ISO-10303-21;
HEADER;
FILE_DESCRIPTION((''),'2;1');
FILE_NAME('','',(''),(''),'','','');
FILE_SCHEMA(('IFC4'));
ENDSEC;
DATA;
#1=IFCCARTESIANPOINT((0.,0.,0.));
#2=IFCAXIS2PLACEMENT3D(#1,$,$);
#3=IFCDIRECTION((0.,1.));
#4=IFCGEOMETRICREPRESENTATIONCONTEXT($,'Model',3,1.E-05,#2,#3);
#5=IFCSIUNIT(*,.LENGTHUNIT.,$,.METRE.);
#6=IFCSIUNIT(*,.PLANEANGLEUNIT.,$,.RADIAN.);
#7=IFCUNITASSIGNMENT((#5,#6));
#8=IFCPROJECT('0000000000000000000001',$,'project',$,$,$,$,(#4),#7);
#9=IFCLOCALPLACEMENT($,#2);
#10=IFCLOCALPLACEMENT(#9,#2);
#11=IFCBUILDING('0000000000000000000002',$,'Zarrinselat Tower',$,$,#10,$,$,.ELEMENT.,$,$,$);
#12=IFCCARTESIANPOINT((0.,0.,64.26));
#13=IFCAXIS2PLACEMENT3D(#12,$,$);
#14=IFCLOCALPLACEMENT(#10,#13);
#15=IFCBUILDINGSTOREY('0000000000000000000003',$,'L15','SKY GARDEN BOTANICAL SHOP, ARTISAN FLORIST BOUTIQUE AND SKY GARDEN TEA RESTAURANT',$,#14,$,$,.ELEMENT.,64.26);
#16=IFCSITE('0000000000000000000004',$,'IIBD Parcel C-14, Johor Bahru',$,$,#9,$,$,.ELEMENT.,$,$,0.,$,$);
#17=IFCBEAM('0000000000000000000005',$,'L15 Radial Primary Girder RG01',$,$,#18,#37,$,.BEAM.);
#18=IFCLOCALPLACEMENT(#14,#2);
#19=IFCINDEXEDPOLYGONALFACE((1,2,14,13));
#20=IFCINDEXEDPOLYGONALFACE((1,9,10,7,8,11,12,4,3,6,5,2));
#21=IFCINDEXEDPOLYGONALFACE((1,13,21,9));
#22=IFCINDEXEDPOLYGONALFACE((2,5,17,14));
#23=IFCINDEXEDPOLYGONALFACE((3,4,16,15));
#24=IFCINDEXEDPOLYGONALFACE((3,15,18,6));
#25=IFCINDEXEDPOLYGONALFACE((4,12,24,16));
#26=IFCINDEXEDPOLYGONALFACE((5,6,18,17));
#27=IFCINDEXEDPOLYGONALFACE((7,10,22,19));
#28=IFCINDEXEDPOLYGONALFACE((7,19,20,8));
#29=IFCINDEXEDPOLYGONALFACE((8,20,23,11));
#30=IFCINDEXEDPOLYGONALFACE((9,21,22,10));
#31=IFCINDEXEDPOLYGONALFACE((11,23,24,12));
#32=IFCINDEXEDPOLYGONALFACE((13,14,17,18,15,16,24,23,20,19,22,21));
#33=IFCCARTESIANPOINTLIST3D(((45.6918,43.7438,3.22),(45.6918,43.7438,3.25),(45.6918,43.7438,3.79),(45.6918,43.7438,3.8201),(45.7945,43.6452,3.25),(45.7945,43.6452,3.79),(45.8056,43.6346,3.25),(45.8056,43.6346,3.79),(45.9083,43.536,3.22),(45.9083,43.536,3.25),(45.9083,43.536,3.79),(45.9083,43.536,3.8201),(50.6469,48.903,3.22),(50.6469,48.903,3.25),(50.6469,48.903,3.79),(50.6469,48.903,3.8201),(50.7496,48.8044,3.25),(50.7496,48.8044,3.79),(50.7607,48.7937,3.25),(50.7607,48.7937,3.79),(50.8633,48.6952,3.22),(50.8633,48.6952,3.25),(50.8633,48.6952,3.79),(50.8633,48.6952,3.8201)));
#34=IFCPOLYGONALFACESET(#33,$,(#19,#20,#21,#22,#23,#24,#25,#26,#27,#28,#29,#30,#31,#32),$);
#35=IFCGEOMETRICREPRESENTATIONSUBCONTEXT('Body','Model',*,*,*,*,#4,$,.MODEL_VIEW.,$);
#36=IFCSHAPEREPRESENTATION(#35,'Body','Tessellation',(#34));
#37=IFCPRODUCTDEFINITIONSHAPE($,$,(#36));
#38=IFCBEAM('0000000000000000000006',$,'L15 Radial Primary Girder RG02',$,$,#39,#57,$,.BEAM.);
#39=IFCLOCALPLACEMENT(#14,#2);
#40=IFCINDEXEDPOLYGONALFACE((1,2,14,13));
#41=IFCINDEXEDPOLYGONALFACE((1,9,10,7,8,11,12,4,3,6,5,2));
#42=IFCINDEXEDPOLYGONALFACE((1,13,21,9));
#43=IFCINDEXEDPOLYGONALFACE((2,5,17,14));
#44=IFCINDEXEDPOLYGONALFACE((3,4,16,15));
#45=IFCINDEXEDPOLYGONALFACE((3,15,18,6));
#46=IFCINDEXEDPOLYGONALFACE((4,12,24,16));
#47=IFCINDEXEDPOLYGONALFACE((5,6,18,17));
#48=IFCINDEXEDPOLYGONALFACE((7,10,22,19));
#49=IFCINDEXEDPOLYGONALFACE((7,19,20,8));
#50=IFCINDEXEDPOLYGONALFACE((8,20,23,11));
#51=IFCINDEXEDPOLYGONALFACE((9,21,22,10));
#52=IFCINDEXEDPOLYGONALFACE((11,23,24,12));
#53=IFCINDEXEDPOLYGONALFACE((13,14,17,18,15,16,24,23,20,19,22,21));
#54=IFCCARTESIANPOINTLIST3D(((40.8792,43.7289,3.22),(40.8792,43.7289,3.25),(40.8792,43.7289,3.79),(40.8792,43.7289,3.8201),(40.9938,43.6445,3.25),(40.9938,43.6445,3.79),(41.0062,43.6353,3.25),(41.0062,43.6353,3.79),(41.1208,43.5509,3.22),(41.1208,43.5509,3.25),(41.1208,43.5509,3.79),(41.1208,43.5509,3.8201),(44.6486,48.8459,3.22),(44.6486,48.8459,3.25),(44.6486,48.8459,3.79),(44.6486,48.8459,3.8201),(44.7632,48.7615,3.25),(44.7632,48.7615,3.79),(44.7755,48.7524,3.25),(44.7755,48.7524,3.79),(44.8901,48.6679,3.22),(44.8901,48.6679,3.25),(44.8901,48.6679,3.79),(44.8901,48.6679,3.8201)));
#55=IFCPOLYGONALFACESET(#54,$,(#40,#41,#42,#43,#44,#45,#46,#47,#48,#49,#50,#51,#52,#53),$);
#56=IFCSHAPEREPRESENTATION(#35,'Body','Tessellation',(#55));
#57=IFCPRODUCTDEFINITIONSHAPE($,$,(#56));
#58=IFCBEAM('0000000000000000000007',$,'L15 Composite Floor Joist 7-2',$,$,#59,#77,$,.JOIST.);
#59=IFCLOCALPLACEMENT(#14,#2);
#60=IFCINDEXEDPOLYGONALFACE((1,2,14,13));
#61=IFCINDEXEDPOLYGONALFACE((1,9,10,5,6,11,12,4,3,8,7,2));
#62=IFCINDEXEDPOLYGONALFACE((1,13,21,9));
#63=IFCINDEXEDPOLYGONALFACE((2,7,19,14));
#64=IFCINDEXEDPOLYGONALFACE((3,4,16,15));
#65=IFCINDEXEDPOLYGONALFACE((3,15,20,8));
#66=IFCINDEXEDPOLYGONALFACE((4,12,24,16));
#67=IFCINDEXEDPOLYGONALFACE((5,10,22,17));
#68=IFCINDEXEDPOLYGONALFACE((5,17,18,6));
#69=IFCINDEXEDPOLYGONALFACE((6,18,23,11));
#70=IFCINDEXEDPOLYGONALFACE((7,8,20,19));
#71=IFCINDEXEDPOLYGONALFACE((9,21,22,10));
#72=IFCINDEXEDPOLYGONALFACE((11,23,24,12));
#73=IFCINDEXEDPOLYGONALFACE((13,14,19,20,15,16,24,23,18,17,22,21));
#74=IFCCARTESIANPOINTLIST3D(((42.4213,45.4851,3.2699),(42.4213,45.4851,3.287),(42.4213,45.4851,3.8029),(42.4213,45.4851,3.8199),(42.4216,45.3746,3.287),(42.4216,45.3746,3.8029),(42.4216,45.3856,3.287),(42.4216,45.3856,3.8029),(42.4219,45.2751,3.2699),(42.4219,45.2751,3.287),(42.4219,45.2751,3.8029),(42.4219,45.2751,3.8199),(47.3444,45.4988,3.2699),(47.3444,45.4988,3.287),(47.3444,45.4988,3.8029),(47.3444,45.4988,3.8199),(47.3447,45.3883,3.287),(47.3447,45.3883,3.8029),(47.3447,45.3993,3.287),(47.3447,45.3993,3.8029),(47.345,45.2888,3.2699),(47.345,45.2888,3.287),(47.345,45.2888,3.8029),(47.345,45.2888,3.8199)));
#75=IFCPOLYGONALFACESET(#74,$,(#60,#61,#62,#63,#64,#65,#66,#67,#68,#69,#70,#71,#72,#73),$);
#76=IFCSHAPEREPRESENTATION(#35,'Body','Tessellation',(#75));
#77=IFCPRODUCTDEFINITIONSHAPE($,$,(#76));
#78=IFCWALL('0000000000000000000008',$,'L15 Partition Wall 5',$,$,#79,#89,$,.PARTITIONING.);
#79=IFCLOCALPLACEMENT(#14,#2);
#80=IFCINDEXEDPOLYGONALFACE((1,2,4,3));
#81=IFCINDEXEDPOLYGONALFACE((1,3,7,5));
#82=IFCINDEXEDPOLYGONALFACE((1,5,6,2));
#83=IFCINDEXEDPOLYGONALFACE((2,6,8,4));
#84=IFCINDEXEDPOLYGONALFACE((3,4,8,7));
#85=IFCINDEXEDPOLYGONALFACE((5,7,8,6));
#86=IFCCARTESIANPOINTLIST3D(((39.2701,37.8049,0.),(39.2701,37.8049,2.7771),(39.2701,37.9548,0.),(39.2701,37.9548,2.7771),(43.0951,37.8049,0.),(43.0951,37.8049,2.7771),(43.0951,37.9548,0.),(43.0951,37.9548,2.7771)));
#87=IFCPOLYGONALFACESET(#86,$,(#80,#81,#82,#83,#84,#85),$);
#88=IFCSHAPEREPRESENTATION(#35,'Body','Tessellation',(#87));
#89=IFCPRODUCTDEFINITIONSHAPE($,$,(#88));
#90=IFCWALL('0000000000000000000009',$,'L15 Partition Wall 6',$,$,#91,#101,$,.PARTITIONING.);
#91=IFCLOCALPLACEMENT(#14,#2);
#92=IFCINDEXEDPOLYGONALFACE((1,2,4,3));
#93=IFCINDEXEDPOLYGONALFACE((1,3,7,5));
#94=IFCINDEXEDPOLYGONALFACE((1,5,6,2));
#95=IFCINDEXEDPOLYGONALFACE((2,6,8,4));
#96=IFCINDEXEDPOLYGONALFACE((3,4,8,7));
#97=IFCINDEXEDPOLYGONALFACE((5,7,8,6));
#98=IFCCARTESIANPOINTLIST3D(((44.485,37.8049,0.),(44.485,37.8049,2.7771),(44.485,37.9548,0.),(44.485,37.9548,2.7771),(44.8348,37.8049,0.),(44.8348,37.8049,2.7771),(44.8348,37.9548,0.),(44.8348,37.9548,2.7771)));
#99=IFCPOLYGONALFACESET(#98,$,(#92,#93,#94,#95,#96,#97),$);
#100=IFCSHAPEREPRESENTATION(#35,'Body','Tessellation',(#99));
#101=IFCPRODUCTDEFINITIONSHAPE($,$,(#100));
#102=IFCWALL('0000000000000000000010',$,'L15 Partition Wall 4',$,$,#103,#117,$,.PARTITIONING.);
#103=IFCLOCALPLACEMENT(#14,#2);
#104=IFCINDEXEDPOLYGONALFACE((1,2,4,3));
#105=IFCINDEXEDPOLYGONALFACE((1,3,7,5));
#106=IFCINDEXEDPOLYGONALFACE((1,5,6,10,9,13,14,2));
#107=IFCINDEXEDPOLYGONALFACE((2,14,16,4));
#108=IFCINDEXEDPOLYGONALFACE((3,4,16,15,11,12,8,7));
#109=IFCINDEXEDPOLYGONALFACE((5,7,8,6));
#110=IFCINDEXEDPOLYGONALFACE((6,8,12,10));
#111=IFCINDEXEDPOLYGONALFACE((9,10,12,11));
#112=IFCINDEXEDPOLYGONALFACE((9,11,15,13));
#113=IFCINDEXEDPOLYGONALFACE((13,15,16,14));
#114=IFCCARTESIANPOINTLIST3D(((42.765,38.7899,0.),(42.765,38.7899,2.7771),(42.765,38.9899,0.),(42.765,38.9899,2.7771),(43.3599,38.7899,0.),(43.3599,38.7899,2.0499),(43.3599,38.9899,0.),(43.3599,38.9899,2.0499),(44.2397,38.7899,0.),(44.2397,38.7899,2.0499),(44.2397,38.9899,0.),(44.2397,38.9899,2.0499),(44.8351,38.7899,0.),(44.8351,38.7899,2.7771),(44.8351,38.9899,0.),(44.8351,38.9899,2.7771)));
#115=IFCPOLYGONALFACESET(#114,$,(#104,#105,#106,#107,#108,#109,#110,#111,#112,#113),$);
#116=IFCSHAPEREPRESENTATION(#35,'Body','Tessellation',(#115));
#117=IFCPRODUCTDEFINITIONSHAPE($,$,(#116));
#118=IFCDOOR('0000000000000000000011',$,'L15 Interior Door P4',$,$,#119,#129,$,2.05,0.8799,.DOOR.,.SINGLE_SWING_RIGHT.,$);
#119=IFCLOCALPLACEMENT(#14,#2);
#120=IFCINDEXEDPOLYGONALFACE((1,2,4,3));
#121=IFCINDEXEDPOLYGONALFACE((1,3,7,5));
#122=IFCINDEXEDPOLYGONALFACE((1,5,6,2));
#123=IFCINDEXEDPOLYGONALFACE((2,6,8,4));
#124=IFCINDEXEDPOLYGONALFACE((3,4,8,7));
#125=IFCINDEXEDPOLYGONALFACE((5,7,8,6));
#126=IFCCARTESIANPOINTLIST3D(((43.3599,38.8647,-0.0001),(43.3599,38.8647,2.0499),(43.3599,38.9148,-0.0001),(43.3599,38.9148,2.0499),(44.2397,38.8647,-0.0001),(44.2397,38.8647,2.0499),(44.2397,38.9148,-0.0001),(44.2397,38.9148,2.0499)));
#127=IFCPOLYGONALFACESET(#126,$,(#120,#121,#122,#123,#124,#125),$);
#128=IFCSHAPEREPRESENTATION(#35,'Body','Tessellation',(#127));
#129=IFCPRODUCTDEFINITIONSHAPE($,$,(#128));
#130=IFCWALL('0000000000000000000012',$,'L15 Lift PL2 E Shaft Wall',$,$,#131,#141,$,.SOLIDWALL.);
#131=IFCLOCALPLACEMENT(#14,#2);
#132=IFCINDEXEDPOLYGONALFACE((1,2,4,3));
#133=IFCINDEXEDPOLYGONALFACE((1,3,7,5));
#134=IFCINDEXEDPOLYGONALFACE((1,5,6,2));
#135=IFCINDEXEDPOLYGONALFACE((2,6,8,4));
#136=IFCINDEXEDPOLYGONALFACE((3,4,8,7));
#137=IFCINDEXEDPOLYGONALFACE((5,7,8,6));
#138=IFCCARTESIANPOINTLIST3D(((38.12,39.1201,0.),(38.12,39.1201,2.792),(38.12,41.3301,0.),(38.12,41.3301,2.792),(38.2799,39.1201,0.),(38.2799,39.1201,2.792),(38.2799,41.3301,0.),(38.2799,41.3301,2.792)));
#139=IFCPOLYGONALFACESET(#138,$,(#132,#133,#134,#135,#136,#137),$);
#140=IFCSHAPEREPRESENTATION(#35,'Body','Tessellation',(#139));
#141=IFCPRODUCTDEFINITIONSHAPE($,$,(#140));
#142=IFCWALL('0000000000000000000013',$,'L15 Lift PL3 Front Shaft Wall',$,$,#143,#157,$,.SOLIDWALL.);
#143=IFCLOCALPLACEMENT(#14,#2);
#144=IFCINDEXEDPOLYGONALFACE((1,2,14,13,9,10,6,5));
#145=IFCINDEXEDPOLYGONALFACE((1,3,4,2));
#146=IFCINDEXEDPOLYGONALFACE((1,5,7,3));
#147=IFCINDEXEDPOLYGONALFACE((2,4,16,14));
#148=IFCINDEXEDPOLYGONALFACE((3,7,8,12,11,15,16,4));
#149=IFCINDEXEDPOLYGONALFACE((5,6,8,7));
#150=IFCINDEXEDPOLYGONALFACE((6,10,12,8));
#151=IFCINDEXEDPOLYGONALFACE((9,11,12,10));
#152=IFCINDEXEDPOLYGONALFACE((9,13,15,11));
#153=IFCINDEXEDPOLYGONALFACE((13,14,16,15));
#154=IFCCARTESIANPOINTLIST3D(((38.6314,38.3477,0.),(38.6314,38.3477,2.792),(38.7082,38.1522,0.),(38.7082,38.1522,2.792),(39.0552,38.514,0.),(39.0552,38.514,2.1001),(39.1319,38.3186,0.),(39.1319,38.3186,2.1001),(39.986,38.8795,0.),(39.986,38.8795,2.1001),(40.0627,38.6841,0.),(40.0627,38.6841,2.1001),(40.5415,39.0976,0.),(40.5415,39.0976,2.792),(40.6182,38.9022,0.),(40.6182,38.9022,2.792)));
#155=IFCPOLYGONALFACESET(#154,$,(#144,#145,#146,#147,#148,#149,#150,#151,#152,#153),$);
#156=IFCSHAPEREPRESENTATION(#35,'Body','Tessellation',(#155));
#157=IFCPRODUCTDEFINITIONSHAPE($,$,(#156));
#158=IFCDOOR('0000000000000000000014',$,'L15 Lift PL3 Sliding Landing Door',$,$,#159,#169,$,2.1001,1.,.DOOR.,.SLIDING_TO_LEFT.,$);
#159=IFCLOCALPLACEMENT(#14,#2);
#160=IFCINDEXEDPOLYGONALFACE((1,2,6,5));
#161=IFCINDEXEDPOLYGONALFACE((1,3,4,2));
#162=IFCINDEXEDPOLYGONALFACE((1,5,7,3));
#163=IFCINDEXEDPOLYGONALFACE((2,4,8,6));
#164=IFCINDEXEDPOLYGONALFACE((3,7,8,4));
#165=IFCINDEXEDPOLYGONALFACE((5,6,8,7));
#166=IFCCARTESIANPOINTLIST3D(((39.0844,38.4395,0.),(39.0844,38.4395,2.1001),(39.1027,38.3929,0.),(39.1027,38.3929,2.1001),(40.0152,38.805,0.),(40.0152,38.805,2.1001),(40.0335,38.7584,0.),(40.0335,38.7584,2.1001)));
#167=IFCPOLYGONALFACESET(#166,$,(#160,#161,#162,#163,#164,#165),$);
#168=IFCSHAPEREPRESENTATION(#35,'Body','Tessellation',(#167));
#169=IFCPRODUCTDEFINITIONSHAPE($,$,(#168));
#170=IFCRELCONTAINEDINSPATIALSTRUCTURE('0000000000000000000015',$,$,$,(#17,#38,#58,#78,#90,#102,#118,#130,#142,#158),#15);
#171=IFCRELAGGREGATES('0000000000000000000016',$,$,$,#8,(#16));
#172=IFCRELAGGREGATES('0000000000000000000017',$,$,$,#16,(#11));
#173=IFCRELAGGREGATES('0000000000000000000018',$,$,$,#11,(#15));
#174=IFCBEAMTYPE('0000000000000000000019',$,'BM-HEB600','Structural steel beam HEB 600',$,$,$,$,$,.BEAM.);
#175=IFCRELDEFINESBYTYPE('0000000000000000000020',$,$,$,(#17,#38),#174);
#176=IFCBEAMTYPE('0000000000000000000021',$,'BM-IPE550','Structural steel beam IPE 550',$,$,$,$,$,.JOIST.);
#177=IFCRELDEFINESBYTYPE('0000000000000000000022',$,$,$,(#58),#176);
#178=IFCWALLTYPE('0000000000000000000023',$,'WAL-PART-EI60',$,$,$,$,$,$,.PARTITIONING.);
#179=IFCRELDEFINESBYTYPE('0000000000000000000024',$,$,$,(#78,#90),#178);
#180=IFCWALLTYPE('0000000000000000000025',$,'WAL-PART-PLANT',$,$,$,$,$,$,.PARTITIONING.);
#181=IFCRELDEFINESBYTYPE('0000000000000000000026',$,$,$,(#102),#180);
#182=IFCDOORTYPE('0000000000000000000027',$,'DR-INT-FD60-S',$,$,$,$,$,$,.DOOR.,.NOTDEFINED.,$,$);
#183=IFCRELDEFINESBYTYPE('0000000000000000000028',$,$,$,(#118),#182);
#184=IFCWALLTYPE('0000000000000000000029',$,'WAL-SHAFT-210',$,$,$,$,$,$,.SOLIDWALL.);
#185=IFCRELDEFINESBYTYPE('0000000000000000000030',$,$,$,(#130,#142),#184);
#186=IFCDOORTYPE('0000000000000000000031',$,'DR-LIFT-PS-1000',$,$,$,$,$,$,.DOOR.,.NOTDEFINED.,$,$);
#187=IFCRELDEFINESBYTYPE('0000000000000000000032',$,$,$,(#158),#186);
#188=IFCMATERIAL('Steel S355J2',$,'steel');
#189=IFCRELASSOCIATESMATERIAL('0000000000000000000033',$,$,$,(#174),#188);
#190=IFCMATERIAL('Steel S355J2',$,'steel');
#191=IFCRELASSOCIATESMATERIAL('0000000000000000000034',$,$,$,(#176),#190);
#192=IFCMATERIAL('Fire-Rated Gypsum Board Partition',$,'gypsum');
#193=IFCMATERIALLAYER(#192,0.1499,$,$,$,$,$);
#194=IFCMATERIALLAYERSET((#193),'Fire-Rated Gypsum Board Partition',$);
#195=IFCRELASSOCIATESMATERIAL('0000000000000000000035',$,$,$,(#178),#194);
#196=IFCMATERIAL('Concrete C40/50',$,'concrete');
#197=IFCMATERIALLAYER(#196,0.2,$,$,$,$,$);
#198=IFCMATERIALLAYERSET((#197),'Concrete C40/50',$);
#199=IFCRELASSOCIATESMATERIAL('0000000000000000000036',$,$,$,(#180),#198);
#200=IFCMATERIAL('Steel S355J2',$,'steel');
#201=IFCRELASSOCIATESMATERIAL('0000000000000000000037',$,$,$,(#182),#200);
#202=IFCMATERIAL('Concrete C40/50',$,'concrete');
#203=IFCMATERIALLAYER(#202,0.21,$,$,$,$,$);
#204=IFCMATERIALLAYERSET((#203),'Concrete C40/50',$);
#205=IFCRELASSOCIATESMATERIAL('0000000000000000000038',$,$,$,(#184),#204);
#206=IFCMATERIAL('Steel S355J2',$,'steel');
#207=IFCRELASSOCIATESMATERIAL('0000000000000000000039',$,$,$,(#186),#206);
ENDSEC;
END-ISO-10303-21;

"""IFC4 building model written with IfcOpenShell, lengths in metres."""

from ifc_helpers import new_model, si_unit, direction, frame, frame_2d, origin, origin_2d, place, context, subcontext, project, spatial, rectangle, i_section, extrude, material, layer, layer_set, material_profile, profile_set, type_object, element, fill, save


model = new_model("IFC4")

# Units and contexts
model_context = context("Model", 3, precision=1e-05, world=origin(), true_north=direction((0.0, 1.0)))
body_context = subcontext(model_context, "Body", "Model", "MODEL_VIEW")
ifc_project = project(units=[si_unit("LENGTHUNIT", "METRE"), si_unit("PLANEANGLEUNIT", "RADIAN")], contexts=[model_context])

# Site, building, storey
site_placement = place(None, origin())
site = spatial("IfcSite", under=ifc_project, at=site_placement, Name="IIBD Parcel C-14, Johor Bahru", CompositionType="ELEMENT", RefElevation=0.0)
building_placement = place(site_placement, origin())
building = spatial("IfcBuilding", under=site, at=building_placement, Name="Zarrinselat Tower", CompositionType="ELEMENT")
storey_placement = place(building_placement, frame((0.0, 0.0, 64.26)))
storey = spatial("IfcBuildingStorey", under=building, at=storey_placement, Name="L15", Description="SKY GARDEN BOTANICAL SHOP, ARTISAN FLORIST BOUTIQUE AND SKY GARDEN TEA RESTAURANT", CompositionType="ELEMENT", Elevation=64.26)

# Beams
ifc_material_1 = material(Name="Steel S355J2", Category="steel")
ifc_material_profile_1 = material_profile(ifc_material_1, i_section(OverallWidth=0.3, OverallDepth=0.6001, WebThickness=0.0154, FlangeThickness=0.03, at=origin_2d()), Name="HEB 600")
ifc_profile_set_1 = profile_set([ifc_material_profile_1], Name="Steel S355J2")
beam_type_1 = type_object("IfcBeamType", Name="BM-HEB600", Description="Structural steel beam HEB 600", PredefinedType="BEAM", material=ifc_profile_set_1)
beam_1_placement = place(storey_placement, frame((45.8, 43.6399, 3.52), z_axis=(0.692697, 0.721229, 0.0), x_axis=(-0.721229, 0.692697, 0.0)))
element("IfcBeam", 1, at=beam_1_placement, inside=storey, type_object=beam_type_1, Name="L15 Radial Primary Girder RG01", PredefinedType="BEAM", context=body_context, shape_type="SweptSolid", body=[
    extrude(i_section(OverallWidth=0.3, OverallDepth=0.6001, WebThickness=0.0154, FlangeThickness=0.03, at=origin_2d()), origin(), (0.0, 0.0, 1.0), 7.1533),
])
beam_2_placement = place(storey_placement, frame((41.0, 43.6399, 3.52), z_axis=(0.593088, 0.805138, 0.0), x_axis=(-0.805138, 0.593088, 0.0)))
element("IfcBeam", 2, at=beam_2_placement, inside=storey, type_object=beam_type_1, Name="L15 Radial Primary Girder RG02", PredefinedType="BEAM", context=body_context, shape_type="SweptSolid", body=[
    extrude(i_section(OverallWidth=0.3, OverallDepth=0.6001, WebThickness=0.0154, FlangeThickness=0.03, at=origin_2d()), origin(), (0.0, 0.0, 1.0), 6.3555),
])
ifc_material_2 = material(Name="Steel S355J2", Category="steel")
ifc_material_profile_2 = material_profile(ifc_material_2, i_section(OverallWidth=0.21, OverallDepth=0.55, WebThickness=0.011, FlangeThickness=0.0171, at=origin_2d()), Name="IPE 550")
ifc_profile_set_2 = profile_set([ifc_material_profile_2], Name="Steel S355J2")
beam_type_2 = type_object("IfcBeamType", Name="BM-IPE550", Description="Structural steel beam IPE 550", PredefinedType="JOIST", material=ifc_profile_set_2)
beam_3_placement = place(storey_placement, frame((42.4216, 45.3801, 3.5449), z_axis=(0.999996, 0.002777, 0.0), x_axis=(-0.002777, 0.999996, 0.0)))
element("IfcBeam", 3, at=beam_3_placement, inside=storey, type_object=beam_type_2, Name="L15 Composite Floor Joist 7-2", PredefinedType="JOIST", context=body_context, shape_type="SweptSolid", body=[
    extrude(i_section(OverallWidth=0.21, OverallDepth=0.55, WebThickness=0.011, FlangeThickness=0.0171, at=origin_2d()), origin(), (0.0, 0.0, 1.0), 4.9231),
])

# Walls
ifc_material_3 = material(Name="Fire-Rated Gypsum Board Partition", Category="gypsum")
ifc_layer_1 = layer(ifc_material_3, 0.1499)
ifc_layer_set_1 = layer_set([ifc_layer_1], Name="Fire-Rated Gypsum Board Partition")
wall_type_1 = type_object("IfcWallType", Name="WAL-PART-EI60", PredefinedType="PARTITIONING", material=ifc_layer_set_1)
wall_1_placement = place(storey_placement, frame((39.27, 37.8799, 0.0), z_axis=(0.0, 0.0, 1.0), x_axis=(1.0, 0.0, 0.0)))
element("IfcWall", 4, at=wall_1_placement, inside=storey, type_object=wall_type_1, Name="L15 Partition Wall 5", PredefinedType="PARTITIONING", context=body_context, shape_type="SweptSolid", body=[
    extrude(rectangle(XDim=3.825, YDim=0.1499, at=frame_2d((1.9126, 0.0))), origin(), (0.0, 0.0, 1.0), 2.7771),
])
wall_2_placement = place(storey_placement, frame((44.4851, 37.8799, 0.0), z_axis=(0.0, 0.0, 1.0), x_axis=(1.0, 0.0, 0.0)))
element("IfcWall", 5, at=wall_2_placement, inside=storey, type_object=wall_type_1, Name="L15 Partition Wall 6", PredefinedType="PARTITIONING", context=body_context, shape_type="SweptSolid", body=[
    extrude(rectangle(XDim=0.3499, YDim=0.1499, at=frame_2d((0.1748, 0.0))), origin(), (0.0, 0.0, 1.0), 2.7771),
])

# Wall, opening, door
ifc_material_4 = material(Name="Concrete C40/50", Category="concrete")
ifc_layer_2 = layer(ifc_material_4, 0.2)
ifc_layer_set_2 = layer_set([ifc_layer_2], Name="Concrete C40/50")
wall_type_2 = type_object("IfcWallType", Name="WAL-PART-PLANT", PredefinedType="PARTITIONING", material=ifc_layer_set_2)
wall_3_placement = place(storey_placement, frame((42.7649, 38.8899, 0.0), z_axis=(0.0, 0.0, 1.0), x_axis=(1.0, 0.0, 0.0)))
wall_3 = element("IfcWall", 6, at=wall_3_placement, inside=storey, type_object=wall_type_2, Name="L15 Partition Wall 4", PredefinedType="PARTITIONING", context=body_context, shape_type="SweptSolid", body=[
    extrude(rectangle(XDim=2.0701, YDim=0.2, at=frame_2d((1.0352, 0.0))), origin(), (0.0, 0.0, 1.0), 2.7771),
])
opening_1_placement = place(wall_3_placement, frame((0.595, 0.0, 0.0)))
opening_1 = element("IfcOpeningElement", 7, at=opening_1_placement, cuts=wall_3, PredefinedType="OPENING", context=body_context, shape_type="SweptSolid", body=[
    extrude(rectangle(XDim=0.8799, YDim=2.05, at=frame_2d((0.4399, 1.0249))), frame((0.0, 0.1099, 0.0), z_axis=(0.0, -1.0, 0.0), x_axis=(1.0, 0.0, 0.0)), (0.0, 0.0, 1.0), 0.22),
])
ifc_material_5 = material(Name="Steel S355J2", Category="steel")
door_type_1 = type_object("IfcDoorType", Name="DR-INT-FD60-S", OperationType="NOTDEFINED", PredefinedType="DOOR", material=ifc_material_5)
door_1_placement = place(opening_1_placement, origin())
door_1 = element("IfcDoor", 8, at=door_1_placement, inside=storey, type_object=door_type_1, Name="L15 Interior Door P4", OperationType="SINGLE_SWING_RIGHT", OverallHeight=2.05, OverallWidth=0.8799, PredefinedType="DOOR", context=body_context, shape_type="SweptSolid", body=[
    extrude(rectangle(XDim=0.8799, YDim=2.05, at=frame_2d((0.4399, 1.0249))), frame((0.0, 0.0249, 0.0), z_axis=(0.0, -1.0, 0.0), x_axis=(1.0, 0.0, 0.0)), (0.0, 0.0, 1.0), 0.05),
])
fill(opening_1, door_1)

# Wall
ifc_material_6 = material(Name="Concrete C40/50", Category="concrete")
ifc_layer_3 = layer(ifc_material_6, 0.21)
ifc_layer_set_3 = layer_set([ifc_layer_3], Name="Concrete C40/50")
wall_type_3 = type_object("IfcWallType", Name="WAL-SHAFT-210", PredefinedType="SOLIDWALL", material=ifc_layer_set_3)
wall_4_placement = place(storey_placement, frame((38.2, 39.1201, 0.0), z_axis=(0.0, 0.0, 1.0), x_axis=(0.0, 1.0, 0.0)))
element("IfcWall", 9, at=wall_4_placement, inside=storey, type_object=wall_type_3, Name="L15 Lift PL2 E Shaft Wall", PredefinedType="SOLIDWALL", context=body_context, shape_type="SweptSolid", body=[
    extrude(rectangle(XDim=2.21, YDim=0.1599, at=frame_2d((1.105, 0.0))), origin(), (0.0, 0.0, 1.0), 2.792),
])

# Wall, opening, door
wall_5_placement = place(storey_placement, frame((38.6699, 38.25, 0.0), z_axis=(0.0, 0.0, 1.0), x_axis=(0.930821, 0.365476, 0.0)))
wall_5 = element("IfcWall", 10, at=wall_5_placement, inside=storey, type_object=wall_type_3, Name="L15 Lift PL3 Front Shaft Wall", PredefinedType="SOLIDWALL", context=body_context, shape_type="SweptSolid", body=[
    extrude(rectangle(XDim=2.052, YDim=0.21, at=frame_2d((1.0259, 0.0))), origin(), (0.0, 0.0, 1.0), 2.792),
])
opening_2_placement = place(wall_5_placement, frame((0.4551, 0.0, 0.0)))
opening_2 = element("IfcOpeningElement", 11, at=opening_2_placement, cuts=wall_5, PredefinedType="OPENING", context=body_context, shape_type="SweptSolid", body=[
    extrude(rectangle(XDim=1.0, YDim=2.1001, at=frame_2d((0.5, 1.05))), frame((0.0, 0.115, 0.0), z_axis=(0.0, -1.0, 0.0), x_axis=(1.0, 0.0, 0.0)), (0.0, 0.0, 1.0), 0.23),
])
ifc_material_7 = material(Name="Steel S355J2", Category="steel")
door_type_2 = type_object("IfcDoorType", Name="DR-LIFT-PS-1000", OperationType="NOTDEFINED", PredefinedType="DOOR", material=ifc_material_7)
door_2_placement = place(opening_2_placement, origin())
door_2 = element("IfcDoor", 12, at=door_2_placement, inside=storey, type_object=door_type_2, Name="L15 Lift PL3 Sliding Landing Door", OperationType="SLIDING_TO_LEFT", OverallHeight=2.1001, OverallWidth=1.0, PredefinedType="DOOR", context=body_context, shape_type="SweptSolid", body=[
    extrude(rectangle(XDim=1.0, YDim=2.1001, at=frame_2d((0.5, 1.05))), frame((0.0, 0.0249, 0.0), z_axis=(0.0, -1.0, 0.0), x_axis=(1.0, 0.0, 0.0)), (0.0, 0.0, 1.0), 0.05),
])
fill(opening_2, door_2)

save(model, "model.ifc")
